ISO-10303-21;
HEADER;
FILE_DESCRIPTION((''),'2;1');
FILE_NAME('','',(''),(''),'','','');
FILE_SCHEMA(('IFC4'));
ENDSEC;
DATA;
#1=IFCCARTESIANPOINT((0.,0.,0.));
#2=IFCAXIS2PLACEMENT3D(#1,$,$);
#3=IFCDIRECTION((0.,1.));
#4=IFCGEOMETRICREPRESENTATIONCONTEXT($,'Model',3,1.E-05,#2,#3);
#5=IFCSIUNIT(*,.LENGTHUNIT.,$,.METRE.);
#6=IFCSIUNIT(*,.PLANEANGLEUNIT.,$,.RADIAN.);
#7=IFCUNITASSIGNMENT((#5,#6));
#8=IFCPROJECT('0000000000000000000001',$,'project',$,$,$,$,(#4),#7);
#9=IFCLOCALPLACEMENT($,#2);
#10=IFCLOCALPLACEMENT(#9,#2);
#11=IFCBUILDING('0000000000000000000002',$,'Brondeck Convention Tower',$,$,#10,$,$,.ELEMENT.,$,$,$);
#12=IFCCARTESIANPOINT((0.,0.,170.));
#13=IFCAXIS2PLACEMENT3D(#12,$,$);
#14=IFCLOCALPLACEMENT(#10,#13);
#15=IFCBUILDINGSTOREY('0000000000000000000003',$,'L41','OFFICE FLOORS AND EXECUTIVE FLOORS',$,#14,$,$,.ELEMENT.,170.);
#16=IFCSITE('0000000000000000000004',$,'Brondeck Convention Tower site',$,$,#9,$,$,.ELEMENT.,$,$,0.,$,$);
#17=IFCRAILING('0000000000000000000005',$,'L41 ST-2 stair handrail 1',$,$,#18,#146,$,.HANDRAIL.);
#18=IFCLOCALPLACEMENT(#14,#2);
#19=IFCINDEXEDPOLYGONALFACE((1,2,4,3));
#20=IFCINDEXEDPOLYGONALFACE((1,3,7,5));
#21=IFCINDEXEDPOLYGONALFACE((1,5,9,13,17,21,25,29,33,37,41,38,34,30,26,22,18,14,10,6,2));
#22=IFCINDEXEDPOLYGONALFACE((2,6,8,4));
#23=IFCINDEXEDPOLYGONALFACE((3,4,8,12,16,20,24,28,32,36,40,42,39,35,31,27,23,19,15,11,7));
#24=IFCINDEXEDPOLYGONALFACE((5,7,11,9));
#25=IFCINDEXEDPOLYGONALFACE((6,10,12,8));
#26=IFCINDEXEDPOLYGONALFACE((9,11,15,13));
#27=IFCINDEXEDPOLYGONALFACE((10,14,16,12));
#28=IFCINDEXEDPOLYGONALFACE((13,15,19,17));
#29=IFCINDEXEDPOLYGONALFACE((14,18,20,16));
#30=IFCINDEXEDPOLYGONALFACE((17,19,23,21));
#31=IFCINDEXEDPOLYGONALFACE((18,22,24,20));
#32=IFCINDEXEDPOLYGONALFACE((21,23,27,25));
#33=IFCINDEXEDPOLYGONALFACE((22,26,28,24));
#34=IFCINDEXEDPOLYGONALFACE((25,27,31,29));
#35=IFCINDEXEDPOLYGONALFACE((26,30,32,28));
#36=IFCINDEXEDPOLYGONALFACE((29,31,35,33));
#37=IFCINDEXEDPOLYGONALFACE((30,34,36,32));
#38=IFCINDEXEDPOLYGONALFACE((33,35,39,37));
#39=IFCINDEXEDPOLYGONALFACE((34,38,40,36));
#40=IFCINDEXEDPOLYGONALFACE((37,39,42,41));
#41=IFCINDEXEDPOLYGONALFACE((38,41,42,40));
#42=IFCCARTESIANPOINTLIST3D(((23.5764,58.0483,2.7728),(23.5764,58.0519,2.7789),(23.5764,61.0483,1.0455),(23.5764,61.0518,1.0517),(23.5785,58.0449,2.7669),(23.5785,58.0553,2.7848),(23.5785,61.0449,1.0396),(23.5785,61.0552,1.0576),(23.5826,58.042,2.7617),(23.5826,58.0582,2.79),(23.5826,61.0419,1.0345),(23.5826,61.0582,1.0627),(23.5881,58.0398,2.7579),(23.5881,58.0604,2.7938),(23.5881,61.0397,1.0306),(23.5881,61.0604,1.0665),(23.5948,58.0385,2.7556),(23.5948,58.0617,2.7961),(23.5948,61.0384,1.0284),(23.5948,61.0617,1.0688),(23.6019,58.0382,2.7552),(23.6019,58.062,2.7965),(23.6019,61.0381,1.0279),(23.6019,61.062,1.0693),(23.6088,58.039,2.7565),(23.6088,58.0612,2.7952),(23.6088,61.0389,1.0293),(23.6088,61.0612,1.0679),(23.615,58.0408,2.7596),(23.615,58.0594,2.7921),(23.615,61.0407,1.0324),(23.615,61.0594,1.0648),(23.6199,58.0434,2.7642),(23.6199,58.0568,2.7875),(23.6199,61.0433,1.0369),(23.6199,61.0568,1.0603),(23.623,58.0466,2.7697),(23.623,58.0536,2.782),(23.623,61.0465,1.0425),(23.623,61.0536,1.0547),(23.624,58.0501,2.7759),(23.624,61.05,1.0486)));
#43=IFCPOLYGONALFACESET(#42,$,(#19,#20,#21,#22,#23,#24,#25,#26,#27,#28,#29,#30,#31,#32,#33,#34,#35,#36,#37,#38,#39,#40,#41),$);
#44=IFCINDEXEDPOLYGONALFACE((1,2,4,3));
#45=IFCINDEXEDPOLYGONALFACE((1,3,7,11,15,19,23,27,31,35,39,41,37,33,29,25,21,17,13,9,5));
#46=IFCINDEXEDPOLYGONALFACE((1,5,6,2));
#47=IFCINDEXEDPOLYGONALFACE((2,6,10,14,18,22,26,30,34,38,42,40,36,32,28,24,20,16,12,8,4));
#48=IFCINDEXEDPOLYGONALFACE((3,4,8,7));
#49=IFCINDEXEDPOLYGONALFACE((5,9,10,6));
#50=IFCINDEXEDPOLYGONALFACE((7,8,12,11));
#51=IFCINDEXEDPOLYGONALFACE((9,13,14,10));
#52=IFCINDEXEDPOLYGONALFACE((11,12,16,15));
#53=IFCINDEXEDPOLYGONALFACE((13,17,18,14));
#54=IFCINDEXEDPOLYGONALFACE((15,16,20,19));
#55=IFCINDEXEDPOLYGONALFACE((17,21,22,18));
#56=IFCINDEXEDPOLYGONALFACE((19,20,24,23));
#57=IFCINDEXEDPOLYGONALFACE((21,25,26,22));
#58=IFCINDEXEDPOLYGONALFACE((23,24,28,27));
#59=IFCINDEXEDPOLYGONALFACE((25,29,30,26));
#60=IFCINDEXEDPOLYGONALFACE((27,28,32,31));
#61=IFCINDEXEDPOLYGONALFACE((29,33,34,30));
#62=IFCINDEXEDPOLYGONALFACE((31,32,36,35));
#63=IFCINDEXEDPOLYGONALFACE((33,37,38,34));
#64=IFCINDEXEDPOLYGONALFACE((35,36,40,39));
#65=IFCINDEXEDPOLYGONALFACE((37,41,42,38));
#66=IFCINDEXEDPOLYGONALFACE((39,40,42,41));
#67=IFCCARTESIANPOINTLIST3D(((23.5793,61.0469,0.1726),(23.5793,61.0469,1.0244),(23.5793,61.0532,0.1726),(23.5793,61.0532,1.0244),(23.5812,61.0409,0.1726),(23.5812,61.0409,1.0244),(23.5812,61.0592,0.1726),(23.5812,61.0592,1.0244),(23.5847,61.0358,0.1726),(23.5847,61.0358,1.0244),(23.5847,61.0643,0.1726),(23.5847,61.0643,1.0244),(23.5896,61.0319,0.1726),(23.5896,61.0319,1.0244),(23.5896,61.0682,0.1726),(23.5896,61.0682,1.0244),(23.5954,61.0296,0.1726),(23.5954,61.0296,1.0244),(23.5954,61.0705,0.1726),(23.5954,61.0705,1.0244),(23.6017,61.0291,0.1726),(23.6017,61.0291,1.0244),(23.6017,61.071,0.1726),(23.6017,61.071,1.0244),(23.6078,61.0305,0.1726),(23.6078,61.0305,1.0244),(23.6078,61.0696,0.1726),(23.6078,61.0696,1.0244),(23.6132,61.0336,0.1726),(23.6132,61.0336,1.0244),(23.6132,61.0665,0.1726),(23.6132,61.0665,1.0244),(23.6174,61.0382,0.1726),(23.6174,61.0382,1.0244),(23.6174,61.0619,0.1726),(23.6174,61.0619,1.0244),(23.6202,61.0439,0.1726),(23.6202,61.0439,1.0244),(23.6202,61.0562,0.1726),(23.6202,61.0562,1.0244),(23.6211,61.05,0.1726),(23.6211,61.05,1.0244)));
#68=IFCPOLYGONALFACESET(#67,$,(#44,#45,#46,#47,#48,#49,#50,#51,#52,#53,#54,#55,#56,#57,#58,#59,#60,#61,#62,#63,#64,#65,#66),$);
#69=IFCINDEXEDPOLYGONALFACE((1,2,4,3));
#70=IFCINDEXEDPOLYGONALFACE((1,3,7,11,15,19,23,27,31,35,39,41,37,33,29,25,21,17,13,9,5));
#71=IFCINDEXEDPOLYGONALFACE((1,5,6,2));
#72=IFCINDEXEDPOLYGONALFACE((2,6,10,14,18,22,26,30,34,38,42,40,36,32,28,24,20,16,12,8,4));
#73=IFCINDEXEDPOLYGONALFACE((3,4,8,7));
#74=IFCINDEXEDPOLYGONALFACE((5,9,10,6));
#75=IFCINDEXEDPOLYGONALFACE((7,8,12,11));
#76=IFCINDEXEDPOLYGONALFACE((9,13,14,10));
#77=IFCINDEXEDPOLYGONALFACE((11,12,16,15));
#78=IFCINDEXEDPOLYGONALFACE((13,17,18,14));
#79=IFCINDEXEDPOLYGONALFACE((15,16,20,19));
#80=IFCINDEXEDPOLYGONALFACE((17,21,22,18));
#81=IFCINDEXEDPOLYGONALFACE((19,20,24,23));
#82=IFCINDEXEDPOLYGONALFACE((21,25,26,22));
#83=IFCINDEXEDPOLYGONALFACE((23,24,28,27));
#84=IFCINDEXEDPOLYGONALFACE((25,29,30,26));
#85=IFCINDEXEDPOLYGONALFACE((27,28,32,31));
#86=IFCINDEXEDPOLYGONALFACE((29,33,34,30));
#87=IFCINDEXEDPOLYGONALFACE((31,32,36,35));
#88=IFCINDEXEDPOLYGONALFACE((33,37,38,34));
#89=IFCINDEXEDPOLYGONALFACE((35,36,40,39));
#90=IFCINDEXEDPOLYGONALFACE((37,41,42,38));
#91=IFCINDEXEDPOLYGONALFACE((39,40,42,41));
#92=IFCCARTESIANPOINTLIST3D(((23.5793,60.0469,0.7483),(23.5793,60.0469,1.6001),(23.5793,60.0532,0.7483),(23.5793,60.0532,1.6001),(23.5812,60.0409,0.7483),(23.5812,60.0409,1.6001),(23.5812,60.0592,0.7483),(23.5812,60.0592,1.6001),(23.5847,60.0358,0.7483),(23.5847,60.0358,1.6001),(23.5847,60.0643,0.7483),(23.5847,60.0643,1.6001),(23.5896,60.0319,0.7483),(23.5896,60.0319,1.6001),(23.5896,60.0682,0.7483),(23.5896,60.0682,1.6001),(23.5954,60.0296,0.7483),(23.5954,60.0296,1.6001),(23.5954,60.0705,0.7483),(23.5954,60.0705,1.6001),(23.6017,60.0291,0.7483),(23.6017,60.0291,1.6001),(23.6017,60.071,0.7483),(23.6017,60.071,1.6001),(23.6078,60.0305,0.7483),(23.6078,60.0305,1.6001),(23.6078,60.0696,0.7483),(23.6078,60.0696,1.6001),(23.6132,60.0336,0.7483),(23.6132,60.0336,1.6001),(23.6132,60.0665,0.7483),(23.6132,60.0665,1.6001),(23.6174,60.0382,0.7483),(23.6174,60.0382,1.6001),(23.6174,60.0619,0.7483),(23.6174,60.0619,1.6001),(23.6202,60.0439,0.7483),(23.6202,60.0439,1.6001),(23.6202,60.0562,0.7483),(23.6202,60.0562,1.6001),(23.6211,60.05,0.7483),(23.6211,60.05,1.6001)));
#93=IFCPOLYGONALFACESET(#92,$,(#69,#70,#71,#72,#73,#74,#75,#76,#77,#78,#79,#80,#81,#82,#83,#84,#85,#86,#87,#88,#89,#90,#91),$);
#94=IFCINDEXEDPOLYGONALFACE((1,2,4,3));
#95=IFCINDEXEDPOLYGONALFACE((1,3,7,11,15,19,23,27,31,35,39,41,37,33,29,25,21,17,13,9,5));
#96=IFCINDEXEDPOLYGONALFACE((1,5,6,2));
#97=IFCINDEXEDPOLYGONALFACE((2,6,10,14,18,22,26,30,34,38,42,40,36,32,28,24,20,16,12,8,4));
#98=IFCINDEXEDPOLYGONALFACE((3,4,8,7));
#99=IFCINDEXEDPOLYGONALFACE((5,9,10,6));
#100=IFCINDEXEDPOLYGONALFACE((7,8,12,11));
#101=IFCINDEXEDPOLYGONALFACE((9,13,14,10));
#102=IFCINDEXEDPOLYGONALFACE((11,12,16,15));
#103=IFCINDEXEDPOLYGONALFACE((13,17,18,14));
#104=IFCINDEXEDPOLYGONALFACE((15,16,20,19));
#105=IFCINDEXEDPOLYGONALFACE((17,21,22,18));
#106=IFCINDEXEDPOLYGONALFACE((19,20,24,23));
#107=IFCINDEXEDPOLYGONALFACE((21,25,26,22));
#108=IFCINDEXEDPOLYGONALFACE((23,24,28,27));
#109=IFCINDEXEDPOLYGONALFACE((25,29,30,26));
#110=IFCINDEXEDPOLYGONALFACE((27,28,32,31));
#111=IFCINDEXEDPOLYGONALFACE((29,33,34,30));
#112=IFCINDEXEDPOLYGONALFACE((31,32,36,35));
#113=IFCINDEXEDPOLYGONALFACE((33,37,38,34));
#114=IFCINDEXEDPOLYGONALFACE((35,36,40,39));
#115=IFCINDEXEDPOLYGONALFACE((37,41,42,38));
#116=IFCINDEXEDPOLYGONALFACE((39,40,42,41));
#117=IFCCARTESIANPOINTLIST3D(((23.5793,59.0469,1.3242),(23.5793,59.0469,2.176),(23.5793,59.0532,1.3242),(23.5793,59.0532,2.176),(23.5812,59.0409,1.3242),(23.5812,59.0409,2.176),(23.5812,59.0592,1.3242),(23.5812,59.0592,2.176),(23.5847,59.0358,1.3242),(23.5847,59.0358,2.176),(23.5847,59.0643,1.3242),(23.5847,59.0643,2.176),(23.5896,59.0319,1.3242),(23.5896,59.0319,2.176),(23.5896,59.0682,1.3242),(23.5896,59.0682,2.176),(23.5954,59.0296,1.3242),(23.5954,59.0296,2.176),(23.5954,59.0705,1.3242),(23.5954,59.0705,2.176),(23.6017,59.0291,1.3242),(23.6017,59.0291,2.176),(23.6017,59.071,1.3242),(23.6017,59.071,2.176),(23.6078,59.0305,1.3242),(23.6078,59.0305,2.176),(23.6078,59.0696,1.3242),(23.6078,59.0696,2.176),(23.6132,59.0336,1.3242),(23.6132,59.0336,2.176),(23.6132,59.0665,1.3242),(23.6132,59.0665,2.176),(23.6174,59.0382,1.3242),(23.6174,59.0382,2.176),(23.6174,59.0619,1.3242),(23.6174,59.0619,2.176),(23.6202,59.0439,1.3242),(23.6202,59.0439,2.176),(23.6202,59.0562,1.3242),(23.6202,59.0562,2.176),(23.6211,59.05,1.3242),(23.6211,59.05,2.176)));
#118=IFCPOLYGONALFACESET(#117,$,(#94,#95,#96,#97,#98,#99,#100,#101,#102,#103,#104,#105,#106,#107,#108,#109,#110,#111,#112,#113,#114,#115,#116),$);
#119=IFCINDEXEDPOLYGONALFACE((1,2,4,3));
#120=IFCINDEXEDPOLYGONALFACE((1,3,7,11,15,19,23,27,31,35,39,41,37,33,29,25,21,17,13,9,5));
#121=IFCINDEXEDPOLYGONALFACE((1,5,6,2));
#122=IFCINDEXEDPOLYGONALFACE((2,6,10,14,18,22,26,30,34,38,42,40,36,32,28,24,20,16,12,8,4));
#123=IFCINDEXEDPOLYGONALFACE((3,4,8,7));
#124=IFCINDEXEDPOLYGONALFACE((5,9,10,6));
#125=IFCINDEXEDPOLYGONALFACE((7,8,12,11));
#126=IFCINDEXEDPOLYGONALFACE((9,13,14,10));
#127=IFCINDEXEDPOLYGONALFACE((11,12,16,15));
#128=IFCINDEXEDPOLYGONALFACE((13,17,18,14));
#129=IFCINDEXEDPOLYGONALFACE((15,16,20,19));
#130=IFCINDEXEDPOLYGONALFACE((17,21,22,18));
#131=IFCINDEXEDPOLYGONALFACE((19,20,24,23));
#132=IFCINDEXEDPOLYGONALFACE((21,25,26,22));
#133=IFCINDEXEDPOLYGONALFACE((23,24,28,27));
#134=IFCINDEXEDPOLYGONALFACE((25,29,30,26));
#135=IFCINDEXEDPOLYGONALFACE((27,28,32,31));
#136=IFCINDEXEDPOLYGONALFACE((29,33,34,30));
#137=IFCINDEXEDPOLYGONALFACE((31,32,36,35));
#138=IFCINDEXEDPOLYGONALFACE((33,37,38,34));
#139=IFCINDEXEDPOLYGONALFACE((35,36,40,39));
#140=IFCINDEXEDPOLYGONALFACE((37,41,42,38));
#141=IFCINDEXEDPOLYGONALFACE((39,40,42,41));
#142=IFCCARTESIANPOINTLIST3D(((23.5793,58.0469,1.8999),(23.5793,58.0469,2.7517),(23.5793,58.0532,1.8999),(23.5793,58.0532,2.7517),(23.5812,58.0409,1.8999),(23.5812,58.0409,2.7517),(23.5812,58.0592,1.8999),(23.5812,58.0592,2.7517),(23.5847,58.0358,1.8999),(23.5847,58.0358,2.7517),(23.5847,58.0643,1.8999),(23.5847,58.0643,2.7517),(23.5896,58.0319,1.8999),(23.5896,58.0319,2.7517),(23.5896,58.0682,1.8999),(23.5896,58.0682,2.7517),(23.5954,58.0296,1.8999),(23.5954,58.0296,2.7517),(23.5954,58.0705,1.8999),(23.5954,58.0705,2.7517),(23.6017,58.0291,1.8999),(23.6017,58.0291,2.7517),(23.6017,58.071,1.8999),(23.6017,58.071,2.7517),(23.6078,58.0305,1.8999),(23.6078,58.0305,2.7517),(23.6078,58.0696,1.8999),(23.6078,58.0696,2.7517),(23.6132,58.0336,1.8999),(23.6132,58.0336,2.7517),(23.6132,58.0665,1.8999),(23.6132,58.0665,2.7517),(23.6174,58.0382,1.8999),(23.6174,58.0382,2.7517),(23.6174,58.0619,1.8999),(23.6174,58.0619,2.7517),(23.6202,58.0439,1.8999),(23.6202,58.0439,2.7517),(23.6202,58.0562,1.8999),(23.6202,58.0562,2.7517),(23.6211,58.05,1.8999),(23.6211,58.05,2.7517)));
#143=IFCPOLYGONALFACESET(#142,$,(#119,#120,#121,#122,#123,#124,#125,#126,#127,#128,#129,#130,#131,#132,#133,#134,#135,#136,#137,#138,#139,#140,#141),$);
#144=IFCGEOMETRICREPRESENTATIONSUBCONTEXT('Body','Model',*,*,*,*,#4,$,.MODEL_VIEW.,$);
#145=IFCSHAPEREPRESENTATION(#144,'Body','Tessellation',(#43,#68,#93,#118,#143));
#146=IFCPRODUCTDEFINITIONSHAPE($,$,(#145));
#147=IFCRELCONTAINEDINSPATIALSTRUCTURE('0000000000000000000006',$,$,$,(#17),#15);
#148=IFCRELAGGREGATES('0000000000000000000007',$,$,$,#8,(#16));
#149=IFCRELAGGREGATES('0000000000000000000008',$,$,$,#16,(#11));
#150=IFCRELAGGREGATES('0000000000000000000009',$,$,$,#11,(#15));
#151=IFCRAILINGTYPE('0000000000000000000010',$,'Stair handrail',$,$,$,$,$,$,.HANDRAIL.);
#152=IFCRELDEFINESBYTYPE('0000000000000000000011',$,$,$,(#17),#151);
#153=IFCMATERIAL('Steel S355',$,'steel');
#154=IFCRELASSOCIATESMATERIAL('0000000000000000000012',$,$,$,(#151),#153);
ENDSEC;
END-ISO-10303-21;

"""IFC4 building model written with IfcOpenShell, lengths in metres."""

from ifc_helpers import new_model, si_unit, direction, frame, origin, origin_2d, place, context, subcontext, project, spatial, circle, extrude, material, type_object, element, save


model = new_model("IFC4")

# Units and contexts
model_context = context("Model", 3, precision=1e-05, world=origin(), true_north=direction((0.0, 1.0)))
body_context = subcontext(model_context, "Body", "Model", "MODEL_VIEW")
ifc_project = project(units=[si_unit("LENGTHUNIT", "METRE"), si_unit("PLANEANGLEUNIT", "RADIAN")], contexts=[model_context])

# Site, building, storey
site_placement = place(None, origin())
site = spatial("IfcSite", under=ifc_project, at=site_placement, Name="Brondeck Convention Tower site", CompositionType="ELEMENT", RefElevation=0.0)
building_placement = place(site_placement, origin())
building = spatial("IfcBuilding", under=site, at=building_placement, Name="Brondeck Convention Tower", CompositionType="ELEMENT")
storey_placement = place(building_placement, frame((0.0, 0.0, 170.0)))
storey = spatial("IfcBuildingStorey", under=building, at=storey_placement, Name="L41", Description="OFFICE FLOORS AND EXECUTIVE FLOORS", CompositionType="ELEMENT", Elevation=170.0)

# Shared definitions
ifc_material_1 = material(Name="Steel S355", Category="steel")

# Railing
railing_type_1 = type_object("IfcRailingType", Name="Stair handrail", PredefinedType="HANDRAIL", material=ifc_material_1)
railing_1_placement = place(storey_placement, frame((23.6001, 61.05, 0.1726)))
element("IfcRailing", 1, at=railing_1_placement, inside=storey, type_object=railing_type_1, Name="L41 ST-2 stair handrail 1", PredefinedType="HANDRAIL", context=body_context, shape_type="SweptSolid", body=[
    extrude(circle(Radius=0.0239, at=origin_2d()), frame((0.0, 0.0, 0.876), z_axis=(0.0, -0.86662, 0.498969), x_axis=(1.0, 0.0, 0.0)), (0.0, 0.0, 1.0), 3.4617),
    extrude(circle(Radius=0.021, at=origin_2d()), origin(), (0.0, 0.0, 1.0), 0.8518),
    extrude(circle(Radius=0.021, at=origin_2d()), frame((0.0, -1.0, 0.5757)), (0.0, 0.0, 1.0), 0.8518),
    extrude(circle(Radius=0.021, at=origin_2d()), frame((0.0, -2.0, 1.1516)), (0.0, 0.0, 1.0), 0.8518),
    extrude(circle(Radius=0.021, at=origin_2d()), frame((0.0, -3.0, 1.7273)), (0.0, 0.0, 1.0), 0.8518),
])

save(model, "model.ifc")
